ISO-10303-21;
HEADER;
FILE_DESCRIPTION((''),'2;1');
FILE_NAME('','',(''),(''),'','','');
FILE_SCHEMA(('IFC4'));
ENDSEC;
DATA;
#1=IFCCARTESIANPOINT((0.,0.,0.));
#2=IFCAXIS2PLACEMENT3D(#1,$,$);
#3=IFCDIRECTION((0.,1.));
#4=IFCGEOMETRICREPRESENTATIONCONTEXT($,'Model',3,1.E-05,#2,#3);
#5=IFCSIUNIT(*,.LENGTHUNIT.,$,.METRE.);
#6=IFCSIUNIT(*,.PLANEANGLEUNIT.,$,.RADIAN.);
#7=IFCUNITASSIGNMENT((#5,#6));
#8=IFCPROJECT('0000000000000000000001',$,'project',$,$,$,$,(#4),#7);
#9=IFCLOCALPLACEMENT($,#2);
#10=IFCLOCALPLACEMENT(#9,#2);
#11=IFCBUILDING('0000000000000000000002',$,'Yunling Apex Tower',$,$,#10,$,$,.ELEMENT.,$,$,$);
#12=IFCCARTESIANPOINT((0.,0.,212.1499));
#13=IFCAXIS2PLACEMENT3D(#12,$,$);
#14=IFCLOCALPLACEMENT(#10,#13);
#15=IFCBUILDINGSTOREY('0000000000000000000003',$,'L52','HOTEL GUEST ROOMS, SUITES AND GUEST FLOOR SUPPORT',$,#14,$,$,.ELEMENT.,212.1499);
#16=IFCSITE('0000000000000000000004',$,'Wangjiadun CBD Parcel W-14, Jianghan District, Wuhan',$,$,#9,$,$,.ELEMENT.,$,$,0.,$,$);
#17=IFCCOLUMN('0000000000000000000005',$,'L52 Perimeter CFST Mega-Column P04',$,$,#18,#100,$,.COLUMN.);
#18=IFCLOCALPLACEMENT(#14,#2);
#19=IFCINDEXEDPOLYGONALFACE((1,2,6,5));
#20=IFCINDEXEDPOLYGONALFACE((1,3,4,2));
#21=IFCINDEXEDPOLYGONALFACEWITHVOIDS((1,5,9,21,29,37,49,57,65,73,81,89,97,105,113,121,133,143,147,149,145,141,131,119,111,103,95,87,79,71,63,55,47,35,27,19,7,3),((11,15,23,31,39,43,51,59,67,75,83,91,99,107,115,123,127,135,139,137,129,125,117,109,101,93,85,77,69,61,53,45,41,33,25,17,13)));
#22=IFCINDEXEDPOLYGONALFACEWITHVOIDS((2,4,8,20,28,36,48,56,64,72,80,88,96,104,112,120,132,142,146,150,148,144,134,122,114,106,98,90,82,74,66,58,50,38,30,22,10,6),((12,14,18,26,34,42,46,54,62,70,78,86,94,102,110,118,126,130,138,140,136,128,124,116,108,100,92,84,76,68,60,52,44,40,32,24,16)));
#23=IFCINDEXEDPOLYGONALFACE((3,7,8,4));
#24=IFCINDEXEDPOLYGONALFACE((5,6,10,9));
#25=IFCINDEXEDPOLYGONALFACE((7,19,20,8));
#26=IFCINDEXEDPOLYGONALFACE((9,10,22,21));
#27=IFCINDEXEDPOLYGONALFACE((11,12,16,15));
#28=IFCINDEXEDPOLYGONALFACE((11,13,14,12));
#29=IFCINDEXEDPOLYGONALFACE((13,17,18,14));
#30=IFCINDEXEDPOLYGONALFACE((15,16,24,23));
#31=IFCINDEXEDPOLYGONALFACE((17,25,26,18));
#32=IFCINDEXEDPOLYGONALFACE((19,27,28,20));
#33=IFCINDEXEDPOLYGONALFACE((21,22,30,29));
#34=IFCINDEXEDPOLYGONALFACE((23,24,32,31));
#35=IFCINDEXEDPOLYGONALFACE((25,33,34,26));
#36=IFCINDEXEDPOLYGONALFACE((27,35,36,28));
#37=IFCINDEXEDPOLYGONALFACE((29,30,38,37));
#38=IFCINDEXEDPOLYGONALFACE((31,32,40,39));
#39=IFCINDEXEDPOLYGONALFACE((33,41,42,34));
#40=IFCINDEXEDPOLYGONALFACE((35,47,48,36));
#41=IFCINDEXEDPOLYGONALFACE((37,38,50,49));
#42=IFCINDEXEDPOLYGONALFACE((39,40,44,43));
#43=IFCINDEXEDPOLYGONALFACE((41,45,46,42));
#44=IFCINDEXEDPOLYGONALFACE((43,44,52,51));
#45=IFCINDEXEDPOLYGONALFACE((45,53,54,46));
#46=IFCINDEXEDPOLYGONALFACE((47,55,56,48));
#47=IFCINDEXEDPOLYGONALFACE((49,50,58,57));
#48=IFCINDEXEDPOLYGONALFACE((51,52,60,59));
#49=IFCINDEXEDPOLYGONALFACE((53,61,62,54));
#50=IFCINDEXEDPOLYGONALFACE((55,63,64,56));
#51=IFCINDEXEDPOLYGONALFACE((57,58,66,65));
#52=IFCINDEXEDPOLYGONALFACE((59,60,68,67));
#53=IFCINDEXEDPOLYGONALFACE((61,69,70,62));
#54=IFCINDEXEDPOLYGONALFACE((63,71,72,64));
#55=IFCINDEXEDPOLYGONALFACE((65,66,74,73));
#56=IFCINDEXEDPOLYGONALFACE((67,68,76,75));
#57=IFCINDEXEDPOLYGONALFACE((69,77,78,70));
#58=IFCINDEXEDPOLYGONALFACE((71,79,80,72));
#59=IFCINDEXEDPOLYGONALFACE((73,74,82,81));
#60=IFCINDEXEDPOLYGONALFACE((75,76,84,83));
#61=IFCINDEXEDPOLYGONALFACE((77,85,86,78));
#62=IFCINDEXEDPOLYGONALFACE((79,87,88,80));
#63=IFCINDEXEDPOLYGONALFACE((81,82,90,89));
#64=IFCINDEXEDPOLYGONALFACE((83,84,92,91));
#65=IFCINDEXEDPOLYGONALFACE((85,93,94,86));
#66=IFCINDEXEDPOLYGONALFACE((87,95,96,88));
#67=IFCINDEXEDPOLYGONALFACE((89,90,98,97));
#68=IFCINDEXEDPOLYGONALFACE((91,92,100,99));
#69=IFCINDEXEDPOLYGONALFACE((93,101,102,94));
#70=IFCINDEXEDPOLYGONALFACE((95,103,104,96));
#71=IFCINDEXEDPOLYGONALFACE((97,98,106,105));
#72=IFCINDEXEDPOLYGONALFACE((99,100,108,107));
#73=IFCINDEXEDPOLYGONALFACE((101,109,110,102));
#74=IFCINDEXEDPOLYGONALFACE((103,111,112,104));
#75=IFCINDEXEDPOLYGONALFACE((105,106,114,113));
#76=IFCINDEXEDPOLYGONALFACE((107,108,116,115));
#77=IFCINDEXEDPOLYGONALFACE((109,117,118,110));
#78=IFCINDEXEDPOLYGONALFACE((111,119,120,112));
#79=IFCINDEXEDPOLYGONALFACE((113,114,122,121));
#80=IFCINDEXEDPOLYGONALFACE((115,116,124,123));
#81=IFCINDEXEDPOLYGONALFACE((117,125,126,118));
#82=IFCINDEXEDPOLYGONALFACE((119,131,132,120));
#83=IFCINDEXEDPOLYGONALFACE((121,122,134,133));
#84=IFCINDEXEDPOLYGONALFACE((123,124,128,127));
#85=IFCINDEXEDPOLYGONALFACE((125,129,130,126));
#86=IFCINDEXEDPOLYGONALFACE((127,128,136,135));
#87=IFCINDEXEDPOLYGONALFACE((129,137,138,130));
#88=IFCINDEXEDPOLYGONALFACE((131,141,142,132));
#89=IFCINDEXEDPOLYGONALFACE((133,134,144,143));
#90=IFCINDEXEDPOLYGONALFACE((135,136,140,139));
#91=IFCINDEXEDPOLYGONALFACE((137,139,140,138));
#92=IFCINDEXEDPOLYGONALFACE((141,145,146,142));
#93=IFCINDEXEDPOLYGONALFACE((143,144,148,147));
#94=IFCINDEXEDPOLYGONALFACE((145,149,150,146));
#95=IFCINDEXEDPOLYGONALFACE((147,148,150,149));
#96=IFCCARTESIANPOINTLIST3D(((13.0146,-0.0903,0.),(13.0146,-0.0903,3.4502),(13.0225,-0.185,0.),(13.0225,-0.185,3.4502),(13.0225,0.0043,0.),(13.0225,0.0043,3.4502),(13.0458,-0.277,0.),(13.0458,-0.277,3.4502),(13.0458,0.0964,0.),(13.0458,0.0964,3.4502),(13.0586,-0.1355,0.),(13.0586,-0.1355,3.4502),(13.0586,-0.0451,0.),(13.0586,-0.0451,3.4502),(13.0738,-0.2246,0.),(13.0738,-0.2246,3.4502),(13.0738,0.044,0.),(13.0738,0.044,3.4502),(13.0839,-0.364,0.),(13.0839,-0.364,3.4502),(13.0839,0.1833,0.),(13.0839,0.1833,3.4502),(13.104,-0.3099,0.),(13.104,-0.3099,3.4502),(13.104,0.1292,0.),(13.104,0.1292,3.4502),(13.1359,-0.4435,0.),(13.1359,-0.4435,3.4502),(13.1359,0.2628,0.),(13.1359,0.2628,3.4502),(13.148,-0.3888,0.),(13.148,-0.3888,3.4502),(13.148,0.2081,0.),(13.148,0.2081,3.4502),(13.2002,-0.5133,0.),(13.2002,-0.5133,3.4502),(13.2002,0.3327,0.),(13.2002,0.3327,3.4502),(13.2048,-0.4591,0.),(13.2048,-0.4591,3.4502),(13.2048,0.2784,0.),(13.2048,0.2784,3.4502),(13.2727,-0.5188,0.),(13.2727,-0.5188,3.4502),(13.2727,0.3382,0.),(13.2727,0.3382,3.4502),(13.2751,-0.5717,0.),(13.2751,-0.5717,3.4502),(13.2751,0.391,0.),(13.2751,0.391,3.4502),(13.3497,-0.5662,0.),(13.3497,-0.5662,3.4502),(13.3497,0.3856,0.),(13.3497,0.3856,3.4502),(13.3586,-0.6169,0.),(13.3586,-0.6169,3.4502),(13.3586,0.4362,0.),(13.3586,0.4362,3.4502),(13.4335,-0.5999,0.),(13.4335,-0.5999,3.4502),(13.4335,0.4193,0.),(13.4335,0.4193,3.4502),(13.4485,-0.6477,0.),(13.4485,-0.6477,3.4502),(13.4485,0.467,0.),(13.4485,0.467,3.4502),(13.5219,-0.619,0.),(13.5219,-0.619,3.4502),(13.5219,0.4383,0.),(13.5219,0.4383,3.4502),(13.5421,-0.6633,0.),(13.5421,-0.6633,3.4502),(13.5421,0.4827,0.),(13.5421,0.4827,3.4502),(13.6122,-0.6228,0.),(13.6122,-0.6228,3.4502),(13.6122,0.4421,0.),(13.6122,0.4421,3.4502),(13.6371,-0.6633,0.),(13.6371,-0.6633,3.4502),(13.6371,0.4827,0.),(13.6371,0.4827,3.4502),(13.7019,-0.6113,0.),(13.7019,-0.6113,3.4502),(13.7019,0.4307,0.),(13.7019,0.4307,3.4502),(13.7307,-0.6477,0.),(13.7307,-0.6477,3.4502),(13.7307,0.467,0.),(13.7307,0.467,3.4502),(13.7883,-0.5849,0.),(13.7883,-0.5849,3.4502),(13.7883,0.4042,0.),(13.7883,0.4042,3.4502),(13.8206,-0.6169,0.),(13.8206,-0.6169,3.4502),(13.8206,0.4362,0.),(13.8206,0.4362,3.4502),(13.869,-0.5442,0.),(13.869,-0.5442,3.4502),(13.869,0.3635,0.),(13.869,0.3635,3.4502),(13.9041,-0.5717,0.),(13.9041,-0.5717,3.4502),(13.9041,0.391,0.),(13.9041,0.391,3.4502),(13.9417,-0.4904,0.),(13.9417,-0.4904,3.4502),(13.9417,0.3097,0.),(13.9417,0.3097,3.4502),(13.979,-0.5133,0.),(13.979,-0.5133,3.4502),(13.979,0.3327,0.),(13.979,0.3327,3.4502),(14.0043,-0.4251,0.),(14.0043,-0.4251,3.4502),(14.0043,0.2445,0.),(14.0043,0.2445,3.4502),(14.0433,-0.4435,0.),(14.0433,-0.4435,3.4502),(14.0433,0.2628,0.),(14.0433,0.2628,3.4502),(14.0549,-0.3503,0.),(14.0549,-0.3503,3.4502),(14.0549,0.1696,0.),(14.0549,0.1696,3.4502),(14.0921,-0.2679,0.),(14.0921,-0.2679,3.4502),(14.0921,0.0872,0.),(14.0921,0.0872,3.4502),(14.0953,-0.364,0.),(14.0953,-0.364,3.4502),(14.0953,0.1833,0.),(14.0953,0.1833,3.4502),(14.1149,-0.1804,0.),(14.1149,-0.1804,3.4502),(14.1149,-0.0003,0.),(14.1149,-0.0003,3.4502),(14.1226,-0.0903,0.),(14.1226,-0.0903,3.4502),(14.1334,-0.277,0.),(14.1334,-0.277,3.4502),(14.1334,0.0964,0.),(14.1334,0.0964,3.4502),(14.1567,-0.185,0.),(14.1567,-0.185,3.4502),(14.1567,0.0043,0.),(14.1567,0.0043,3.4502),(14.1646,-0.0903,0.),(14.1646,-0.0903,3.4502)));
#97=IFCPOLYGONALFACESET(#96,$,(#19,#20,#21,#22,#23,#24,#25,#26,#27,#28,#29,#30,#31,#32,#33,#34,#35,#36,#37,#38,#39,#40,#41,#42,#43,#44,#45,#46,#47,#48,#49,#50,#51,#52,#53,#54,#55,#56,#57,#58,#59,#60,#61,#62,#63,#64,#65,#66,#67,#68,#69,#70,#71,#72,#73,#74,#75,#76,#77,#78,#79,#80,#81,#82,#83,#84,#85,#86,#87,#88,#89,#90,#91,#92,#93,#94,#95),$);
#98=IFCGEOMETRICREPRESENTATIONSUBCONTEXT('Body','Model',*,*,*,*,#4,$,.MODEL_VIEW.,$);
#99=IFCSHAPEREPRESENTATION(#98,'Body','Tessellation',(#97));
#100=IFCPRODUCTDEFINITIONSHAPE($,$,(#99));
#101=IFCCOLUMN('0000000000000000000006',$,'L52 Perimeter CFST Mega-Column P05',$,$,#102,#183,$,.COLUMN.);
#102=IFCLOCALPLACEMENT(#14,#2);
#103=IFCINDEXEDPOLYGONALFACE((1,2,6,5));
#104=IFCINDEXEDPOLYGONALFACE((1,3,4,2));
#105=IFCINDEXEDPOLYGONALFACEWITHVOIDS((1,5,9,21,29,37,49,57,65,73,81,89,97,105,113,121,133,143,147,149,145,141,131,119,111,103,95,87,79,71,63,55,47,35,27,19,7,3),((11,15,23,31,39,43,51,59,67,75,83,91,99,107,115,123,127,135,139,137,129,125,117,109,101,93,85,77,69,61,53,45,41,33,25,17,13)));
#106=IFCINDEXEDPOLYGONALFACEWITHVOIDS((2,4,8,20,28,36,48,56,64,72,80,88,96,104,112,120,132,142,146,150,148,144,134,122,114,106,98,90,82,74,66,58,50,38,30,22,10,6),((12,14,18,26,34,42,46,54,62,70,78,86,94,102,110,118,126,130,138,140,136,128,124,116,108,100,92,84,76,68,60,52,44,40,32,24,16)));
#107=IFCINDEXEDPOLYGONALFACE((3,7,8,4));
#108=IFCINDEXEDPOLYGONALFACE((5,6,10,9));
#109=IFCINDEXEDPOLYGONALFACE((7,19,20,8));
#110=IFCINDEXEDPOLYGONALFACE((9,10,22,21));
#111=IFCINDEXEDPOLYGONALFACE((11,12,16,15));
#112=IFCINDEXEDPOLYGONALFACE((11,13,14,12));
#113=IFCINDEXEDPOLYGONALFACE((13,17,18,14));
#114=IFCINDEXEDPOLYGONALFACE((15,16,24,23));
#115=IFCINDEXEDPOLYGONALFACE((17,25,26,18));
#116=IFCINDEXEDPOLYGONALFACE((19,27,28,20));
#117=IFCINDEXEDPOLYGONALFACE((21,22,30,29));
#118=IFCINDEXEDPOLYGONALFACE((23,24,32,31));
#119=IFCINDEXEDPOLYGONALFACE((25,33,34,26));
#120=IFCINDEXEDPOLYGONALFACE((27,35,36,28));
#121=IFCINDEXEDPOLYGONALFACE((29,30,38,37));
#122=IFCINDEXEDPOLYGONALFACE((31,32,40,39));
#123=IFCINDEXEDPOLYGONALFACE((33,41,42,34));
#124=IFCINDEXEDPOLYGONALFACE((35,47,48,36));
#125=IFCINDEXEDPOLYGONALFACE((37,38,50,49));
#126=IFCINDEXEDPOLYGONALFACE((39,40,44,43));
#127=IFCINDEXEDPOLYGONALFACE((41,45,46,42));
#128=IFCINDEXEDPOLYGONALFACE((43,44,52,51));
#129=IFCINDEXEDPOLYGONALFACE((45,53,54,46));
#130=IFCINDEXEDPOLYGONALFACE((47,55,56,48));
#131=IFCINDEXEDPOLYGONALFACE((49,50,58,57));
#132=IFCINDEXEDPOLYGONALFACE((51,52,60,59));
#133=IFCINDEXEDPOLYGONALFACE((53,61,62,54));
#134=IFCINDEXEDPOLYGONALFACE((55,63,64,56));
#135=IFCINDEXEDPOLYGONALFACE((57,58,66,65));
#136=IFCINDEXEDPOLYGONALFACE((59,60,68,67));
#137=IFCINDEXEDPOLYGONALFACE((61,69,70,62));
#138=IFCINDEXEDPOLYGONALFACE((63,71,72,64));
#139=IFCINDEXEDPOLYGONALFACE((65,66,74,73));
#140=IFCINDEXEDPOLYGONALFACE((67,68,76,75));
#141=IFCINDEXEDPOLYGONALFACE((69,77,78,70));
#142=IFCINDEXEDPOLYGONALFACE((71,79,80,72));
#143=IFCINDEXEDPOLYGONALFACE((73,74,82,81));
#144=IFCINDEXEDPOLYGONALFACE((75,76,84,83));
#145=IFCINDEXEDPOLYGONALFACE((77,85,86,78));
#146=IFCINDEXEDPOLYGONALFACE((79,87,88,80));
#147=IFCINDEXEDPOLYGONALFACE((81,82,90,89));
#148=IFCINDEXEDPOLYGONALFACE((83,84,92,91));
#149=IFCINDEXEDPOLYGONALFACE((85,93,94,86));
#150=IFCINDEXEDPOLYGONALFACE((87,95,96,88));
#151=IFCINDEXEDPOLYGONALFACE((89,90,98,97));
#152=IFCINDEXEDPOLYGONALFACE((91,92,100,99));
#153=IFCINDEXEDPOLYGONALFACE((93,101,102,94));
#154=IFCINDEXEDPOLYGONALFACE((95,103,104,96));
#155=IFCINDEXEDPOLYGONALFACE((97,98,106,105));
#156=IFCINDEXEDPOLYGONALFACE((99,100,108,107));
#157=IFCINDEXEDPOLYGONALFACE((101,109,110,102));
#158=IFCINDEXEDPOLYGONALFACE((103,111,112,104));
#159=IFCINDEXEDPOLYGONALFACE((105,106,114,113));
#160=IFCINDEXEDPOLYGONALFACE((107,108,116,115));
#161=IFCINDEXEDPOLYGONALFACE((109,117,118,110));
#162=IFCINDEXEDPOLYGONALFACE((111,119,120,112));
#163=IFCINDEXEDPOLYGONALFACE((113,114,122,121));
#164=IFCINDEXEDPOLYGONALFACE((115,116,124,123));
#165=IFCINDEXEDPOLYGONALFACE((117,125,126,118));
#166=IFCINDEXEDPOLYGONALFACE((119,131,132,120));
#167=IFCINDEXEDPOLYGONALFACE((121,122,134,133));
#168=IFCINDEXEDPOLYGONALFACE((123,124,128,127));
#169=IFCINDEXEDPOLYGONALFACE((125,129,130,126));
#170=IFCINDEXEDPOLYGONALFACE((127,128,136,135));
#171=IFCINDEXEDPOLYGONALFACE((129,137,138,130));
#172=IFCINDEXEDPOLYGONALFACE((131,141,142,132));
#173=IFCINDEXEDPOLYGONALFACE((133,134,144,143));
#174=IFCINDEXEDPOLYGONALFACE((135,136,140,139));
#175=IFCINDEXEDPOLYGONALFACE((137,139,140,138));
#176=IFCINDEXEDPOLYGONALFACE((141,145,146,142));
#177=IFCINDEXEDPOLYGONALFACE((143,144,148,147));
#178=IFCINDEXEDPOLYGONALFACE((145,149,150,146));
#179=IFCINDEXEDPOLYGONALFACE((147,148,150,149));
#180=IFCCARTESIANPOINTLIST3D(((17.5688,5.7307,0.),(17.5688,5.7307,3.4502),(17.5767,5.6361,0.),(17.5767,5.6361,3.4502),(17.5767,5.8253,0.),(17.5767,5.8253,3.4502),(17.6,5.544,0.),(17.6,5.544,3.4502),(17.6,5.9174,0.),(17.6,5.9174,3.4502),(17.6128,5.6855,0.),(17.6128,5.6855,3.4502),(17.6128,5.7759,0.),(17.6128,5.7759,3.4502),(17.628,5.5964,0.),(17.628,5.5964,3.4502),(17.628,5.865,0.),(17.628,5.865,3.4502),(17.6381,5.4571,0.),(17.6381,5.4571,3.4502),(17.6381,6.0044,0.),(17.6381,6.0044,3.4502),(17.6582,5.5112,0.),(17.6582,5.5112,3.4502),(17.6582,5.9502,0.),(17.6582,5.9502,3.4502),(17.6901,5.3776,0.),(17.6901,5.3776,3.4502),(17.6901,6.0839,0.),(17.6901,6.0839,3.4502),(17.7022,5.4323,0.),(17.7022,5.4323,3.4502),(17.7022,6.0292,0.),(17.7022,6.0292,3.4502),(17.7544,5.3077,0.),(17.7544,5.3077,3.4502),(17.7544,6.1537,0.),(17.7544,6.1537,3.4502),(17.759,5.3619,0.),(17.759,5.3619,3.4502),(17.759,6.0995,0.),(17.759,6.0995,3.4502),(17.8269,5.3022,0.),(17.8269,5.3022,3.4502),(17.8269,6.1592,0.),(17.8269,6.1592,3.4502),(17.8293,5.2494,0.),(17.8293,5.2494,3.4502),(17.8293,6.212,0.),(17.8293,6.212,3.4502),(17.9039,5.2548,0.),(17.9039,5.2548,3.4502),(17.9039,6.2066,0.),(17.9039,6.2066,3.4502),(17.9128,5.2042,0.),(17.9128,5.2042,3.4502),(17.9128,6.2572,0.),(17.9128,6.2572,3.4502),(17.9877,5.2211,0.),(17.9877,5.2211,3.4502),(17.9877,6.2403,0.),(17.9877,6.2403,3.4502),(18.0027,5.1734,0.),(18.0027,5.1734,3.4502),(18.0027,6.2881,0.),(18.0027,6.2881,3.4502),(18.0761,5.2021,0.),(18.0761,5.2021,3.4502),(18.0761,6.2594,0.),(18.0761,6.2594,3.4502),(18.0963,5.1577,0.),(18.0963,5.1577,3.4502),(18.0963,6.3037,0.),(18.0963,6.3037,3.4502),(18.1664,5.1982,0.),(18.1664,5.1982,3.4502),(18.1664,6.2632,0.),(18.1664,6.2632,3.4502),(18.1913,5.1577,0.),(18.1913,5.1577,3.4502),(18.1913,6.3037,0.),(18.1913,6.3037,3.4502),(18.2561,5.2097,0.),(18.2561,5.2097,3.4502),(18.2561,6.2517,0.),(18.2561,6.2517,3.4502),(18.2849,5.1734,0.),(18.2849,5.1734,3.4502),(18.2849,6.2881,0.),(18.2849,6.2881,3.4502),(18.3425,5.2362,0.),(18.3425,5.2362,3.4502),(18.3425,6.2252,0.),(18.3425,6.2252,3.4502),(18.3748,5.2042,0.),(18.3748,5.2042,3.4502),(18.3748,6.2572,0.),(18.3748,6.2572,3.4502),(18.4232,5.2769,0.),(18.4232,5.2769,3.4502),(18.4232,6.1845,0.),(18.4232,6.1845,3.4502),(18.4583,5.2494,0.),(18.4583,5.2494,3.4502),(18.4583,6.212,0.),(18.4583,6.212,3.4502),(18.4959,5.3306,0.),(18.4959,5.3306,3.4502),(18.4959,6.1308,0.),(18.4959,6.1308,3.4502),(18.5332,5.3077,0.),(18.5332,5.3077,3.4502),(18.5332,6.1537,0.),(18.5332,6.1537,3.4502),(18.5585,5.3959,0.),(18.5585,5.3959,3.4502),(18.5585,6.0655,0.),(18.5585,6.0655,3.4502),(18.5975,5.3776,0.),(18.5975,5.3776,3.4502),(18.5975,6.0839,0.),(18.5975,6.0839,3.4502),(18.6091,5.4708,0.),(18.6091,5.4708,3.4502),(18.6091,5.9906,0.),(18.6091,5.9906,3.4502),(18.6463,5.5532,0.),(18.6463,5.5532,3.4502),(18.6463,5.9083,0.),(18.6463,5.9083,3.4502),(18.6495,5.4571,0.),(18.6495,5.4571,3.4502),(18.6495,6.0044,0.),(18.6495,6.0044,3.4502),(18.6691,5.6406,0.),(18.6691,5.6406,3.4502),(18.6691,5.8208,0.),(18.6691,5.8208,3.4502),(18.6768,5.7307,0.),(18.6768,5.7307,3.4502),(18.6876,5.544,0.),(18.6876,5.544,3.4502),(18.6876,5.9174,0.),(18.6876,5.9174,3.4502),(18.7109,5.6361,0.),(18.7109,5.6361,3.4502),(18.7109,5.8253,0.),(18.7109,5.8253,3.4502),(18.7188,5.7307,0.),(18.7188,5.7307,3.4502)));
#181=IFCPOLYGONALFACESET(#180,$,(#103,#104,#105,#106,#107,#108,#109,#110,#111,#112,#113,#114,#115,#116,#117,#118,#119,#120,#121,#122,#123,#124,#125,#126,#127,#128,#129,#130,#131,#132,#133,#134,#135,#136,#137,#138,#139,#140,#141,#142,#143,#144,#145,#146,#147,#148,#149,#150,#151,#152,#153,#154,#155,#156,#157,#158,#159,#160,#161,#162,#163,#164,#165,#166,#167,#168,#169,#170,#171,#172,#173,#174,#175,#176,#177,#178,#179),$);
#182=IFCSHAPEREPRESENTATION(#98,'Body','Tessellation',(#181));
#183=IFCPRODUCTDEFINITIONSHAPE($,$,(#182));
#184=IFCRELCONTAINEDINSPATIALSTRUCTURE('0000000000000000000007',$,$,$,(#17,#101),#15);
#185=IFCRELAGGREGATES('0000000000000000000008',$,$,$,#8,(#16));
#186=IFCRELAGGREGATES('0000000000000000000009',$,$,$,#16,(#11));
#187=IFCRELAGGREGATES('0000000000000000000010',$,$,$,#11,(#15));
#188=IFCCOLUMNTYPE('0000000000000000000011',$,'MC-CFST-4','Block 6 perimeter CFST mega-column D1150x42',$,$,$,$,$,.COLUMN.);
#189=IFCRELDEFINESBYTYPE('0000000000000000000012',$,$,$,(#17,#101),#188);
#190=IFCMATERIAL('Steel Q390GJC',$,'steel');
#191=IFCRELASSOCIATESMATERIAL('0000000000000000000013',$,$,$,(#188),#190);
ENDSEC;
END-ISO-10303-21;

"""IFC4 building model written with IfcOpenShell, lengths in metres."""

from ifc_helpers import new_model, si_unit, direction, frame, origin, origin_2d, place, context, subcontext, project, spatial, hollow_circle, extrude, source, transform, mapped, material, material_profile, profile_set, type_object, element, save


model = new_model("IFC4")

# Units and contexts
model_context = context("Model", 3, precision=1e-05, world=origin(), true_north=direction((0.0, 1.0)))
body_context = subcontext(model_context, "Body", "Model", "MODEL_VIEW")
ifc_project = project(units=[si_unit("LENGTHUNIT", "METRE"), si_unit("PLANEANGLEUNIT", "RADIAN")], contexts=[model_context])

# Site, building, storey
site_placement = place(None, origin())
site = spatial("IfcSite", under=ifc_project, at=site_placement, Name="Wangjiadun CBD Parcel W-14, Jianghan District, Wuhan", CompositionType="ELEMENT", RefElevation=0.0)
building_placement = place(site_placement, origin())
building = spatial("IfcBuilding", under=site, at=building_placement, Name="Yunling Apex Tower", CompositionType="ELEMENT")
storey_placement = place(building_placement, frame((0.0, 0.0, 212.1499)))
storey = spatial("IfcBuildingStorey", under=building, at=storey_placement, Name="L52", Description="HOTEL GUEST ROOMS, SUITES AND GUEST FLOOR SUPPORT", CompositionType="ELEMENT", Elevation=212.1499)

# Columns
ifc_material_1 = material(Name="Steel Q390GJC", Category="steel")
ifc_material_profile_1 = material_profile(ifc_material_1, hollow_circle(Radius=0.575, WallThickness=0.042, at=origin_2d()))
ifc_profile_set_1 = profile_set([ifc_material_profile_1], Name="Steel Q390GJC")
column_type = type_object("IfcColumnType", Name="MC-CFST-4", Description="Block 6 perimeter CFST mega-column D1150x42", PredefinedType="COLUMN", material=ifc_profile_set_1)
shared_shape_1 = source(origin(), body_context, "Body", "SweptSolid", [
    extrude(hollow_circle(Radius=0.575, WallThickness=0.042, at=origin_2d()), origin(), (0.0, 0.0, 1.0), 3.4502),
])
for number, where, z_axis, x_axis, name in (
    (1, (13.5896, -0.0903, 0.0), (0.0, 0.0, 1.0), (1.0, 0.0, 0.0), "L52 Perimeter CFST Mega-Column P04"),
    (2, (18.1438, 5.7307, 0.0), (0.0, 0.0, 1.0), (1.0, 0.0, 0.0), "L52 Perimeter CFST Mega-Column P05"),
):
    element("IfcColumn", number, at=place(storey_placement, frame(where, z_axis=z_axis, x_axis=x_axis)), inside=storey, type_object=column_type, Name=name, PredefinedType="COLUMN", context=body_context, shape_type="MappedRepresentation", body=[
        mapped(shared_shape_1, transform((0.0, 0.0, 0.0), scale=1.0)),
    ])

save(model, "model.ifc")
